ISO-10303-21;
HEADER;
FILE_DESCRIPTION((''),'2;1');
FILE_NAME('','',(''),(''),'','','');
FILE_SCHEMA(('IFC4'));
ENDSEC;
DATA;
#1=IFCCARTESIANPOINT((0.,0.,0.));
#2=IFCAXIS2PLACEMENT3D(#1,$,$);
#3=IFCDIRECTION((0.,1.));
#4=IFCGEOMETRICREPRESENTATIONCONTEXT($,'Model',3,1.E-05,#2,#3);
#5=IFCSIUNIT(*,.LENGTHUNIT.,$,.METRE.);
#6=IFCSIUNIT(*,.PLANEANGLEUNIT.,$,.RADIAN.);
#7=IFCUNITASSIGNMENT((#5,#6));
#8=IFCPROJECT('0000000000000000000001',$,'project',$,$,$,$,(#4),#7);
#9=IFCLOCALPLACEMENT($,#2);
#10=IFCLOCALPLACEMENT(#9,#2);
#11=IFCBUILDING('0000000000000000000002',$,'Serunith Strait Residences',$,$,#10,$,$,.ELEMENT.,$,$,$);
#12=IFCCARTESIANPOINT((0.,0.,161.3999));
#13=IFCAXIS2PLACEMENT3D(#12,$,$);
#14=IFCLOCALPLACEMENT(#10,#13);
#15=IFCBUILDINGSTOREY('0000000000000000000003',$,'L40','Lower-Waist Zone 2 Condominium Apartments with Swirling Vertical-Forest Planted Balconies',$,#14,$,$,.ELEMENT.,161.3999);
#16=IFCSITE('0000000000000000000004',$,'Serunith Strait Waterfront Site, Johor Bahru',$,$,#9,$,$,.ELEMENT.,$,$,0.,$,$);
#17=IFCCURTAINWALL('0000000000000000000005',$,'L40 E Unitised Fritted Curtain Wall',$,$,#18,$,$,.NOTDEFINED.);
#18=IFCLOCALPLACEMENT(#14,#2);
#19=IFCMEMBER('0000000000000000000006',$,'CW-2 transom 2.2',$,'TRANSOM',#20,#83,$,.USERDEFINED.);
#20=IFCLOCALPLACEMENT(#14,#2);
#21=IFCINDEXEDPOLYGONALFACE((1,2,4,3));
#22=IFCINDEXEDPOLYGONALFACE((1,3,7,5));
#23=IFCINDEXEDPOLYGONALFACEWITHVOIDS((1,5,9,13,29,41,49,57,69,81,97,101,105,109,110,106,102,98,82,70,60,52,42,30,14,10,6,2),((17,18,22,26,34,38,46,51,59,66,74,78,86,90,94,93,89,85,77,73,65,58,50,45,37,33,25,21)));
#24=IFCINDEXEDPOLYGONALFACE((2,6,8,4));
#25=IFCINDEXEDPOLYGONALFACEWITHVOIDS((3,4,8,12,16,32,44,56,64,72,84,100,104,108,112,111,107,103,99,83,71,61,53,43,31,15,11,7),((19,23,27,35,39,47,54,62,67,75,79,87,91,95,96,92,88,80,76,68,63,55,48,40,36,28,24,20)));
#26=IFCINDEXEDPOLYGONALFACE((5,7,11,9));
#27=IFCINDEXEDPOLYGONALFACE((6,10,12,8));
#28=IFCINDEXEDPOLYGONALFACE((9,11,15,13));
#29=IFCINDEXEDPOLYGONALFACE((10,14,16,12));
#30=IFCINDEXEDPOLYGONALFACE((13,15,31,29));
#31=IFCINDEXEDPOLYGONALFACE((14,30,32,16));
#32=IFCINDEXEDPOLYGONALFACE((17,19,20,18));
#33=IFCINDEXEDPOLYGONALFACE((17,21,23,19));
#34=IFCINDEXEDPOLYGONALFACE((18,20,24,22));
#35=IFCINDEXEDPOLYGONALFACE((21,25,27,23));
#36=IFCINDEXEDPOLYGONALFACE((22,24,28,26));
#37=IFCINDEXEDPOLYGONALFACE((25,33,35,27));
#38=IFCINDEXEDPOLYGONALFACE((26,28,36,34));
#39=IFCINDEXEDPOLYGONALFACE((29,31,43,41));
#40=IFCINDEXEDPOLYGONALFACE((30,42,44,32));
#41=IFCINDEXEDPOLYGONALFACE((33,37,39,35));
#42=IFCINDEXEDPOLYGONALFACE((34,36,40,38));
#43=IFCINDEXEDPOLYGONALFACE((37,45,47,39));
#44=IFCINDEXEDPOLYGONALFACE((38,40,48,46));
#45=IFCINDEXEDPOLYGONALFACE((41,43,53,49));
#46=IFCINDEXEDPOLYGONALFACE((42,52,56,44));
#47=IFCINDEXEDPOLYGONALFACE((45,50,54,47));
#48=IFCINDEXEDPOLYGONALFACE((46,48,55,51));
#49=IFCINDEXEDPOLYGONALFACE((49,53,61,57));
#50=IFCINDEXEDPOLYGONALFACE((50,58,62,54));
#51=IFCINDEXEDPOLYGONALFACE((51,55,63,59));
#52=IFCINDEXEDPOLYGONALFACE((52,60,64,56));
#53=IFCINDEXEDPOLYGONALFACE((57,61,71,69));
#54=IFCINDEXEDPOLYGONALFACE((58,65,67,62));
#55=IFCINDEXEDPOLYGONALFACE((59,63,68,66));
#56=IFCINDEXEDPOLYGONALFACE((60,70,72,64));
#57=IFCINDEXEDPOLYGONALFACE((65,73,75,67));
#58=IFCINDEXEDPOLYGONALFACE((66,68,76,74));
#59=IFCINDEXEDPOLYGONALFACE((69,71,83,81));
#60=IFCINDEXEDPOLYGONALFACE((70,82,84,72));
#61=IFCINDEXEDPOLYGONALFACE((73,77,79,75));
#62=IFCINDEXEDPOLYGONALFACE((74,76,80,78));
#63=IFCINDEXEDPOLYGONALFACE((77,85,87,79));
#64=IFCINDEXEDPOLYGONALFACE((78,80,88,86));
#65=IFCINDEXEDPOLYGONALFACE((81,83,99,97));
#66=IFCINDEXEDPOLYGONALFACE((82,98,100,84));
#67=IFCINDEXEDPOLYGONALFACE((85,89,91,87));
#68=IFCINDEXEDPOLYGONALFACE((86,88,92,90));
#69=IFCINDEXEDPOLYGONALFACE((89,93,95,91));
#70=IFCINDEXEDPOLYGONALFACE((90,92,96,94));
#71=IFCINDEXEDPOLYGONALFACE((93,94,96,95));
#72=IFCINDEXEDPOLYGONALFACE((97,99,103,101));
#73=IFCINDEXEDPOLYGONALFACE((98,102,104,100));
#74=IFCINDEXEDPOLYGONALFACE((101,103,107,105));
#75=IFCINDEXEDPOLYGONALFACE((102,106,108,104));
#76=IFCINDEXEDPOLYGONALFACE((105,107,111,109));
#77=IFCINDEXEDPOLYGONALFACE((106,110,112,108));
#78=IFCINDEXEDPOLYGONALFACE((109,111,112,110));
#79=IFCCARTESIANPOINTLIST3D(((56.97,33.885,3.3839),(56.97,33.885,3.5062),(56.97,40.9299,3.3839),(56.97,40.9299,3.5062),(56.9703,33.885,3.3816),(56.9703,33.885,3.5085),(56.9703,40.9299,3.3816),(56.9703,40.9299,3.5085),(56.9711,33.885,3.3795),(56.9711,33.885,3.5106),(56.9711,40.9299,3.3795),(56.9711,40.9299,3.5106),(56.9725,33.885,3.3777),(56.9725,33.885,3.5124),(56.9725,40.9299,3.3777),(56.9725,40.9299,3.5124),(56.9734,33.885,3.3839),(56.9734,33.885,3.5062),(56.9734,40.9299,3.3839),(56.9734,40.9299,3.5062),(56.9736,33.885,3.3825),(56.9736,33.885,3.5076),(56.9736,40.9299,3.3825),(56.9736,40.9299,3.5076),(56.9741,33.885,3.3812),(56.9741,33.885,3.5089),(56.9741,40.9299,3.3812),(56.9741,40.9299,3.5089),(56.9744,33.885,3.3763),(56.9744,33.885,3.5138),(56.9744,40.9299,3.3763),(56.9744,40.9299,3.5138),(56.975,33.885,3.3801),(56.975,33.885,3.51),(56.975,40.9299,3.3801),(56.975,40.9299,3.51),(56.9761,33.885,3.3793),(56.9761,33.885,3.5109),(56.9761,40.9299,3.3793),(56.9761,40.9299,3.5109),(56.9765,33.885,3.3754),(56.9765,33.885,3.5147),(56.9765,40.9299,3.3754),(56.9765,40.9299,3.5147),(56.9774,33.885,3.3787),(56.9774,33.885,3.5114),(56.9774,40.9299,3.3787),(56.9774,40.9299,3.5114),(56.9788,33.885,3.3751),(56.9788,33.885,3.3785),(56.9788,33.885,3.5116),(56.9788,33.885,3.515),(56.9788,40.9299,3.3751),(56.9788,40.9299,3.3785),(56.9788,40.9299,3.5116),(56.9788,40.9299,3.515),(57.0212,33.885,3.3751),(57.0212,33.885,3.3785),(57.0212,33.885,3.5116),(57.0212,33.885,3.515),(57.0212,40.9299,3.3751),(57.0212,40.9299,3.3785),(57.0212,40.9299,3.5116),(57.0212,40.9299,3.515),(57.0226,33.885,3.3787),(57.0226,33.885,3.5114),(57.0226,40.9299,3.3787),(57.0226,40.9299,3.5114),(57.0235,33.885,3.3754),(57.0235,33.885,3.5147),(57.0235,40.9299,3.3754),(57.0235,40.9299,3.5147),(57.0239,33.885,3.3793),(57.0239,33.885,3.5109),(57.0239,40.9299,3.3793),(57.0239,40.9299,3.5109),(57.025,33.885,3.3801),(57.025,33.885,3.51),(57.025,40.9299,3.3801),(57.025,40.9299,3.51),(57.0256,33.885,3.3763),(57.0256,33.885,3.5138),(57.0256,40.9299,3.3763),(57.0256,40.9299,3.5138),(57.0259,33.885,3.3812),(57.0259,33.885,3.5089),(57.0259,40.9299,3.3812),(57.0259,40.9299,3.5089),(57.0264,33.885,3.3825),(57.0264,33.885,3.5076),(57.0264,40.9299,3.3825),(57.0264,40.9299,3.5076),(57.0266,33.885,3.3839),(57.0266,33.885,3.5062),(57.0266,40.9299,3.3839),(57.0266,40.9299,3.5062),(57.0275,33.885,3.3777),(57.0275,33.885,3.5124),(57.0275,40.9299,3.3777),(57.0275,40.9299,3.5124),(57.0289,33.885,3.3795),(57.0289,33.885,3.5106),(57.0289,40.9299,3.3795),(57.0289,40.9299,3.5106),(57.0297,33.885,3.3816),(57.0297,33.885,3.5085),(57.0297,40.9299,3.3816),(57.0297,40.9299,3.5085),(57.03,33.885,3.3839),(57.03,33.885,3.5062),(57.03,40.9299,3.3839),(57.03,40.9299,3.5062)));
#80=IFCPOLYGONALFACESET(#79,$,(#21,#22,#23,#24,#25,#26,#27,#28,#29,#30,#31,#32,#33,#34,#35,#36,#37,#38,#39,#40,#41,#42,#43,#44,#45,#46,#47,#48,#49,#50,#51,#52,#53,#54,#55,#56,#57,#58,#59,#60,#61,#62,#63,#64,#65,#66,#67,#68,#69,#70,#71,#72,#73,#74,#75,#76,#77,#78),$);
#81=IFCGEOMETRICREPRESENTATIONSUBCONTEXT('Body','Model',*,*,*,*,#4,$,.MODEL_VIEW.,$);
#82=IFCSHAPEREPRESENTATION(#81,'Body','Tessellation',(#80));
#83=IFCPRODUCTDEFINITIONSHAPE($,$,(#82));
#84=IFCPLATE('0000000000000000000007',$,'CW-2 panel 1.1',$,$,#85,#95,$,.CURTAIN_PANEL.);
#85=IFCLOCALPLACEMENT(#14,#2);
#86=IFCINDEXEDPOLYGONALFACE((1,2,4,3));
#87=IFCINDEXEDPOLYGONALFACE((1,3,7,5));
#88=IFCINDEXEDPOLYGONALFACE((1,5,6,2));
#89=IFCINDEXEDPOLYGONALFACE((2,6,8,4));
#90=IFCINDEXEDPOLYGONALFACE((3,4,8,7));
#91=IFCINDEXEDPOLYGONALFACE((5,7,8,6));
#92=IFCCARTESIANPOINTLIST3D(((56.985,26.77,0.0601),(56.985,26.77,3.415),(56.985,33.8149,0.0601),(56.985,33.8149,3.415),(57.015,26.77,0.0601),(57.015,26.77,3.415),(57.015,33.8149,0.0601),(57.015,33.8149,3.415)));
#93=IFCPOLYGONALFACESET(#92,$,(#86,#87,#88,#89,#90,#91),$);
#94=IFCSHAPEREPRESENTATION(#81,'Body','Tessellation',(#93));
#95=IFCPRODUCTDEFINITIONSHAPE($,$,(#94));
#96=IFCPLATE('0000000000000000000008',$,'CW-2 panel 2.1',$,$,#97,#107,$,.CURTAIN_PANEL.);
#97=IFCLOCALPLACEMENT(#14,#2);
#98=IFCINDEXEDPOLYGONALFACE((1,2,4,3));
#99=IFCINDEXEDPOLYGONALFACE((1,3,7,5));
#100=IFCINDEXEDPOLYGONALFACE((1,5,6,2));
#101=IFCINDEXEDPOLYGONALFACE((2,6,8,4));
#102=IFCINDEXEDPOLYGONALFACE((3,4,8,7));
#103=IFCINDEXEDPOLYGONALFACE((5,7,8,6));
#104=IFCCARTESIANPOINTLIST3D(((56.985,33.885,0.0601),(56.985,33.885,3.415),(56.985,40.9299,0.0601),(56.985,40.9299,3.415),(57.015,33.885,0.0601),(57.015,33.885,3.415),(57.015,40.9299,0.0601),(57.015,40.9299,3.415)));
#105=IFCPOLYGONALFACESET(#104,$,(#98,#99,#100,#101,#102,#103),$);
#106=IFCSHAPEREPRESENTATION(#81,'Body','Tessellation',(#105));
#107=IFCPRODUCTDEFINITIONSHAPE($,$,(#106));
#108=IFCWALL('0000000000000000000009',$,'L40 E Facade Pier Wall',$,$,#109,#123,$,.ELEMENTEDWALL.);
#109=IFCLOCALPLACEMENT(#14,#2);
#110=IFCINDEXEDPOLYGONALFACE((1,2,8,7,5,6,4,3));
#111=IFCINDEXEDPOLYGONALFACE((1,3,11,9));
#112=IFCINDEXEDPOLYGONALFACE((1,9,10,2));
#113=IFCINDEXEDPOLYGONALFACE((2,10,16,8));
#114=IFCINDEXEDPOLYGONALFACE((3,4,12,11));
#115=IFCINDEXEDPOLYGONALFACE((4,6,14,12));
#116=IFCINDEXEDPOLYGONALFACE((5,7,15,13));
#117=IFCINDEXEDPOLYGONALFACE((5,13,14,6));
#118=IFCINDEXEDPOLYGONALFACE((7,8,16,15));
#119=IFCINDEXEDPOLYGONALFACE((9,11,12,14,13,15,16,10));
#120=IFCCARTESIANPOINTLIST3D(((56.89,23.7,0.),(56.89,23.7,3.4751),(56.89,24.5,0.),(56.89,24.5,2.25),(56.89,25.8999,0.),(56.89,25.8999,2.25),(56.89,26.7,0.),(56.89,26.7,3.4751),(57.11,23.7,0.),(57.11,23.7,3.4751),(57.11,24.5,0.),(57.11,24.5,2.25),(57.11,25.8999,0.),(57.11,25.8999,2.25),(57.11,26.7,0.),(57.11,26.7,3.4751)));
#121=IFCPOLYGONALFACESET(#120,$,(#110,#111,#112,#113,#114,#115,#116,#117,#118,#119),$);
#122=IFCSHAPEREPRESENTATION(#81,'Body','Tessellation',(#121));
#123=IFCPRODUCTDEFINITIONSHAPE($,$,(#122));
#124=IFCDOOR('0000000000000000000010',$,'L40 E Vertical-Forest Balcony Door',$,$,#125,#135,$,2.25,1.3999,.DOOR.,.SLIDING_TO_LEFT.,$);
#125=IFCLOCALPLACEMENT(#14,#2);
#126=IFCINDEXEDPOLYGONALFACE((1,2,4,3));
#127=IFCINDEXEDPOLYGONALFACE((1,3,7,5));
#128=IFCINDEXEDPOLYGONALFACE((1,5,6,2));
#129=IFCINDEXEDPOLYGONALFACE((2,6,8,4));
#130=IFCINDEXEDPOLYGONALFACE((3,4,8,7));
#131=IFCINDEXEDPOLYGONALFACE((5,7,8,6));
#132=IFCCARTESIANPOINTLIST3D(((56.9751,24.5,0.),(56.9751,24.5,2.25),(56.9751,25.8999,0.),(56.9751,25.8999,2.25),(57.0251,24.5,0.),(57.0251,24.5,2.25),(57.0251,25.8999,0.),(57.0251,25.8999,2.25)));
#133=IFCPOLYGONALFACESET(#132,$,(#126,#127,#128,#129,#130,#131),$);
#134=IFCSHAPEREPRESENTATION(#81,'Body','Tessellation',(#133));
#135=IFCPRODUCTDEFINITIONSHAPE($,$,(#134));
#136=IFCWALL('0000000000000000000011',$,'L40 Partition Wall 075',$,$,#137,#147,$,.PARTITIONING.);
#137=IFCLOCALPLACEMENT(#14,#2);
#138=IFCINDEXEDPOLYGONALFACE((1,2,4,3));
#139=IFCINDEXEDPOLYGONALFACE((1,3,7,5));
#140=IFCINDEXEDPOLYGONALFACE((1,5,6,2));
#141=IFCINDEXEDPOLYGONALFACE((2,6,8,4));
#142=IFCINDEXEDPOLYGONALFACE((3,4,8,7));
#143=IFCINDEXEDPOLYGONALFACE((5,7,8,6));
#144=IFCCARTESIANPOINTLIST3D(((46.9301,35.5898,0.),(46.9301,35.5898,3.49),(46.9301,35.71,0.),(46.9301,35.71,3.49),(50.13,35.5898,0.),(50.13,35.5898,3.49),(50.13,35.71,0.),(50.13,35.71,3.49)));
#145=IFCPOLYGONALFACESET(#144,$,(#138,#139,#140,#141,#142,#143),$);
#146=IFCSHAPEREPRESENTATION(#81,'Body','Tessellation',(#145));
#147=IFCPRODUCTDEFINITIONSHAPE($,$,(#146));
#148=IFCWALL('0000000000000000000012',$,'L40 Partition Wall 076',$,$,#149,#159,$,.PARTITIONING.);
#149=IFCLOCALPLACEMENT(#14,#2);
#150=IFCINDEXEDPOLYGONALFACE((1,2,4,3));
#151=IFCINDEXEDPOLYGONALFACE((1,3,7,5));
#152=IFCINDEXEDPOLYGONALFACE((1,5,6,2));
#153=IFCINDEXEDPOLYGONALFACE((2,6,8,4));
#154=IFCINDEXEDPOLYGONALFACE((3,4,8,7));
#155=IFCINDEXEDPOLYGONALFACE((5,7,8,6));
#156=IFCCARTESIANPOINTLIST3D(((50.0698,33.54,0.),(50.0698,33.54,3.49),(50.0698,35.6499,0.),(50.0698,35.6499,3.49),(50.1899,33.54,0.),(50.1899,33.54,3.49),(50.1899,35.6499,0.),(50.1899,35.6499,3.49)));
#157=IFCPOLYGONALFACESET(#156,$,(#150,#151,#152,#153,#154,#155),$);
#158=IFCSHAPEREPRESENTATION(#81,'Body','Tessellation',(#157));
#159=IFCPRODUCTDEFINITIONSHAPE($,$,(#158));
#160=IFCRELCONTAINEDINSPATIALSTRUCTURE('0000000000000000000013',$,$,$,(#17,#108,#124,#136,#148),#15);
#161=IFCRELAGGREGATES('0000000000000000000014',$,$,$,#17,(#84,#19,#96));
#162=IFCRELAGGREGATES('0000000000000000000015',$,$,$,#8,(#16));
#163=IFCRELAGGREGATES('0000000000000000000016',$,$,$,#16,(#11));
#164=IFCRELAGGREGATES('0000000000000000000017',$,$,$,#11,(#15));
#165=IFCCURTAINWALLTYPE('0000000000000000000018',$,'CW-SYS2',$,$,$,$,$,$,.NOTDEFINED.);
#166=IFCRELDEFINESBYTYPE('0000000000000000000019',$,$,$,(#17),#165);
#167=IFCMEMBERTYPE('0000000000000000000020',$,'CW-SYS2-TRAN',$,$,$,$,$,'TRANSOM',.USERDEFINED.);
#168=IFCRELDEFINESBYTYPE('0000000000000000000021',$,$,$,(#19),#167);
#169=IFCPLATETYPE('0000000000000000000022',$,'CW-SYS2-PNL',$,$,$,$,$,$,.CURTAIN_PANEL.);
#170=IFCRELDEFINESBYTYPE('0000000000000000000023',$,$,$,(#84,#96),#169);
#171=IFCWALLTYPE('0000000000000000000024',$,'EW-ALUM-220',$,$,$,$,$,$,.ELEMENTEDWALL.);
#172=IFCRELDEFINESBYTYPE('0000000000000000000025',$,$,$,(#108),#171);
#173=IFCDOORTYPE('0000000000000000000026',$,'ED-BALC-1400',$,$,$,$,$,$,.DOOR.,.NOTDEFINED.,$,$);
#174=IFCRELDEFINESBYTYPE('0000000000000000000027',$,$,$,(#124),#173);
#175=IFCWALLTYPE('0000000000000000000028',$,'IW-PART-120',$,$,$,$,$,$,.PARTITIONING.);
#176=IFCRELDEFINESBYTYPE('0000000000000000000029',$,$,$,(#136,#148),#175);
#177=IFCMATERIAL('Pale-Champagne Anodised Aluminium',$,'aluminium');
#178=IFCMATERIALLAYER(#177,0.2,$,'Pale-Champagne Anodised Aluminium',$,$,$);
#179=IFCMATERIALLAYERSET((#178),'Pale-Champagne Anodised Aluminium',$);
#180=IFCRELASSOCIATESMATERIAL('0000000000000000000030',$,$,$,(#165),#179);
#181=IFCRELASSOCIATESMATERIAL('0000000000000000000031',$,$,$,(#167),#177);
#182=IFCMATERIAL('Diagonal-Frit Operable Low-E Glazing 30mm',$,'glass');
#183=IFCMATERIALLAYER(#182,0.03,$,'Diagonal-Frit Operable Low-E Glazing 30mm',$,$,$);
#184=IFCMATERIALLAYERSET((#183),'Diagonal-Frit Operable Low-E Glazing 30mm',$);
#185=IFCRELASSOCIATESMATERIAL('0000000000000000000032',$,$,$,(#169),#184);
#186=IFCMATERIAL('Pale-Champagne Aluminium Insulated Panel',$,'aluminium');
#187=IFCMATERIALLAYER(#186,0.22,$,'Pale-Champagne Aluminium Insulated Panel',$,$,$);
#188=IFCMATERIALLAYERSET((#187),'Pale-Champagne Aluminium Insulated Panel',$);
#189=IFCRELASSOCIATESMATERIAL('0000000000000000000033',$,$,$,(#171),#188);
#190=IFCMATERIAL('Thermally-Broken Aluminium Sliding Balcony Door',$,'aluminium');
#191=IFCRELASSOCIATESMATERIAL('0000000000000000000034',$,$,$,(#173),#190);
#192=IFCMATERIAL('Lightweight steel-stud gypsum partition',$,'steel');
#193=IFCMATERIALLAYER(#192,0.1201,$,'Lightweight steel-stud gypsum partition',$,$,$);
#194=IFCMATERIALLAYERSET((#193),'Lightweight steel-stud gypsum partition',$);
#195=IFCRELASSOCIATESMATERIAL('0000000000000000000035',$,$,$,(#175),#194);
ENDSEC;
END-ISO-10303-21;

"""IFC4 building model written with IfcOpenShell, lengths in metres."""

from ifc_helpers import new_model, si_unit, direction, frame, frame_2d, origin, origin_2d, place, context, subcontext, project, spatial, rectangle, hollow_rectangle, extrude, source, transform, mapped, material, layer, layer_set, material_profile, profile_set, type_object, element, fill, aggregate, save


model = new_model("IFC4")

# Units and contexts
model_context = context("Model", 3, precision=1e-05, world=origin(), true_north=direction((0.0, 1.0)))
body_context = subcontext(model_context, "Body", "Model", "MODEL_VIEW")
ifc_project = project(units=[si_unit("LENGTHUNIT", "METRE"), si_unit("PLANEANGLEUNIT", "RADIAN")], contexts=[model_context])

# Site, building, storey
site_placement = place(None, origin())
site = spatial("IfcSite", under=ifc_project, at=site_placement, Name="Serunith Strait Waterfront Site, Johor Bahru", CompositionType="ELEMENT", RefElevation=0.0)
building_placement = place(site_placement, origin())
building = spatial("IfcBuilding", under=site, at=building_placement, Name="Serunith Strait Residences", CompositionType="ELEMENT")
storey_placement = place(building_placement, frame((0.0, 0.0, 161.3999)))
storey = spatial("IfcBuildingStorey", under=building, at=storey_placement, Name="L40", Description="Lower-Waist Zone 2 Condominium Apartments with Swirling Vertical-Forest Planted Balconies", CompositionType="ELEMENT", Elevation=161.3999)

# Shared definitions
ifc_material_1 = material(Name="Pale-Champagne Anodised Aluminium", Category="aluminium")
ifc_layer_1 = layer(ifc_material_1, 0.2, Name="Pale-Champagne Anodised Aluminium")
ifc_layer_set_1 = layer_set([ifc_layer_1], Name="Pale-Champagne Anodised Aluminium")
curtain_wall_type = type_object("IfcCurtainWallType", Name="CW-SYS2", PredefinedType="NOTDEFINED", material=ifc_layer_set_1)

# Curtain wall, member, plates
curtain_wall_1_placement = place(storey_placement, origin())
curtain_wall_1 = element("IfcCurtainWall", 1, at=curtain_wall_1_placement, inside=storey, type_object=curtain_wall_type, Name="L40 E Unitised Fritted Curtain Wall", PredefinedType="NOTDEFINED")
ifc_material_profile_1 = material_profile(ifc_material_1, hollow_rectangle(XDim=0.0601, YDim=0.1399, WallThickness=0.0034, InnerFilletRadius=0.0054, OuterFilletRadius=0.0088, at=origin_2d()), Name="ALU 140x60x3.5")
ifc_profile_set_1 = profile_set([ifc_material_profile_1], Name="Pale-Champagne Anodised Aluminium")
member_type_1 = type_object("IfcMemberType", Name="CW-SYS2-TRAN", ElementType="TRANSOM", PredefinedType="USERDEFINED", material=ifc_profile_set_1)
shared_shape_1 = source(origin(), body_context, "Body", "SweptSolid", [
    extrude(hollow_rectangle(XDim=0.0601, YDim=0.1399, WallThickness=0.0034, InnerFilletRadius=0.0054, OuterFilletRadius=0.0088, at=origin_2d()), origin(), (0.0, 0.0, 1.0), 7.0449),
])
member_1_placement = place(storey_placement, frame((57.0, 33.885, 3.4451), z_axis=(0.0, 1.0, 0.0), x_axis=(-1.0, 0.0, 0.0)))
member_1 = element("IfcMember", 2, at=member_1_placement, type_object=member_type_1, Name="CW-2 transom 2.2", ObjectType="TRANSOM", PredefinedType="USERDEFINED", context=body_context, shape_type="MappedRepresentation", body=[
    mapped(shared_shape_1, transform((0.0, 0.0, 0.0), scale=1.0)),
])
ifc_material_2 = material(Name="Diagonal-Frit Operable Low-E Glazing 30mm", Category="glass")
ifc_layer_2 = layer(ifc_material_2, 0.03, Name="Diagonal-Frit Operable Low-E Glazing 30mm")
ifc_layer_set_2 = layer_set([ifc_layer_2], Name="Diagonal-Frit Operable Low-E Glazing 30mm")
plate_type = type_object("IfcPlateType", Name="CW-SYS2-PNL", PredefinedType="CURTAIN_PANEL", material=ifc_layer_set_2)
shared_shape_2 = source(origin(), body_context, "Body", "SweptSolid", [
    extrude(rectangle(XDim=7.0449, YDim=0.03, at=origin_2d()), origin(), (0.0, 0.0, 1.0), 3.355),
])
plate_1_placement = place(storey_placement, frame((57.0, 30.2925, 0.0601), z_axis=(0.0, 0.0, 1.0), x_axis=(0.0, 1.0, 0.0)))
plate_1 = element("IfcPlate", 3, at=plate_1_placement, type_object=plate_type, Name="CW-2 panel 1.1", PredefinedType="CURTAIN_PANEL", context=body_context, shape_type="MappedRepresentation", body=[
    mapped(shared_shape_2, transform((0.0, 0.0, 0.0), scale=1.0)),
])
plate_2_placement = place(storey_placement, frame((57.0, 37.4075, 0.0601), z_axis=(0.0, 0.0, 1.0), x_axis=(0.0, 1.0, 0.0)))
plate_2 = element("IfcPlate", 4, at=plate_2_placement, type_object=plate_type, Name="CW-2 panel 2.1", PredefinedType="CURTAIN_PANEL", context=body_context, shape_type="MappedRepresentation", body=[
    mapped(shared_shape_2, transform((0.0, 0.0, 0.0), scale=1.0)),
])
aggregate(curtain_wall_1, [plate_1, member_1, plate_2])

# Wall, opening, door
ifc_material_3 = material(Name="Pale-Champagne Aluminium Insulated Panel", Category="aluminium")
ifc_layer_3 = layer(ifc_material_3, 0.22, Name="Pale-Champagne Aluminium Insulated Panel")
ifc_layer_set_3 = layer_set([ifc_layer_3], Name="Pale-Champagne Aluminium Insulated Panel")
wall_type_1 = type_object("IfcWallType", Name="EW-ALUM-220", PredefinedType="ELEMENTEDWALL", material=ifc_layer_set_3)
wall_1_placement = place(storey_placement, frame((57.0, 23.7, 0.0), z_axis=(0.0, 0.0, 1.0), x_axis=(0.0, 1.0, 0.0)))
wall_1 = element("IfcWall", 5, at=wall_1_placement, inside=storey, type_object=wall_type_1, Name="L40 E Facade Pier Wall", PredefinedType="ELEMENTEDWALL", context=body_context, shape_type="SweptSolid", body=[
    extrude(rectangle(XDim=3.0, YDim=0.22, at=frame_2d((1.5, 0.0))), origin(), (0.0, 0.0, 1.0), 3.4751),
])
opening_1_placement = place(wall_1_placement, frame((0.8, 0.0, 0.0)))
opening_1 = element("IfcOpeningElement", 6, at=opening_1_placement, cuts=wall_1, PredefinedType="OPENING", context=body_context, shape_type="SweptSolid", body=[
    extrude(rectangle(XDim=1.3999, YDim=2.25, at=frame_2d((0.7, 1.125))), frame((0.0, 0.1201, 0.0), z_axis=(0.0, -1.0, 0.0), x_axis=(1.0, 0.0, 0.0)), (0.0, 0.0, 1.0), 0.24),
])
ifc_material_4 = material(Name="Thermally-Broken Aluminium Sliding Balcony Door", Category="aluminium")
door_type_1 = type_object("IfcDoorType", Name="ED-BALC-1400", OperationType="NOTDEFINED", PredefinedType="DOOR", material=ifc_material_4)
shared_shape_3 = source(origin(), body_context, "Body", "SweptSolid", [
    extrude(rectangle(XDim=1.3999, YDim=2.25, at=frame_2d((0.7, 1.125))), frame((0.0, 0.0249, 0.0), z_axis=(0.0, -1.0, 0.0), x_axis=(1.0, 0.0, 0.0)), (0.0, 0.0, 1.0), 0.05),
])
door_1_placement = place(opening_1_placement, origin())
door_1 = element("IfcDoor", 7, at=door_1_placement, inside=storey, type_object=door_type_1, Name="L40 E Vertical-Forest Balcony Door", OperationType="SLIDING_TO_LEFT", OverallHeight=2.25, OverallWidth=1.3999, PredefinedType="DOOR", context=body_context, shape_type="MappedRepresentation", body=[
    mapped(shared_shape_3, transform((0.0, 0.0, 0.0), scale=1.0)),
])
fill(opening_1, door_1)

# Walls
ifc_material_5 = material(Name="Lightweight steel-stud gypsum partition", Category="steel")
ifc_layer_4 = layer(ifc_material_5, 0.1201, Name="Lightweight steel-stud gypsum partition")
ifc_layer_set_4 = layer_set([ifc_layer_4], Name="Lightweight steel-stud gypsum partition")
wall_type_2 = type_object("IfcWallType", Name="IW-PART-120", PredefinedType="PARTITIONING", material=ifc_layer_set_4)
wall_2_placement = place(storey_placement, frame((46.9299, 35.6499, 0.0), z_axis=(0.0, 0.0, 1.0), x_axis=(1.0, 0.0, 0.0)))
element("IfcWall", 8, at=wall_2_placement, inside=storey, type_object=wall_type_2, Name="L40 Partition Wall 075", PredefinedType="PARTITIONING", context=body_context, shape_type="SweptSolid", body=[
    extrude(rectangle(XDim=3.2, YDim=0.1201, at=frame_2d((1.6001, 0.0))), origin(), (0.0, 0.0, 1.0), 3.49),
])
wall_3_placement = place(storey_placement, frame((50.1299, 35.6499, 0.0), z_axis=(0.0, 0.0, 1.0), x_axis=(0.0, -1.0, 0.0)))
element("IfcWall", 9, at=wall_3_placement, inside=storey, type_object=wall_type_2, Name="L40 Partition Wall 076", PredefinedType="PARTITIONING", context=body_context, shape_type="SweptSolid", body=[
    extrude(rectangle(XDim=2.1099, YDim=0.1201, at=frame_2d((1.0549, 0.0))), origin(), (0.0, 0.0, 1.0), 3.49),
])

save(model, "model.ifc")
